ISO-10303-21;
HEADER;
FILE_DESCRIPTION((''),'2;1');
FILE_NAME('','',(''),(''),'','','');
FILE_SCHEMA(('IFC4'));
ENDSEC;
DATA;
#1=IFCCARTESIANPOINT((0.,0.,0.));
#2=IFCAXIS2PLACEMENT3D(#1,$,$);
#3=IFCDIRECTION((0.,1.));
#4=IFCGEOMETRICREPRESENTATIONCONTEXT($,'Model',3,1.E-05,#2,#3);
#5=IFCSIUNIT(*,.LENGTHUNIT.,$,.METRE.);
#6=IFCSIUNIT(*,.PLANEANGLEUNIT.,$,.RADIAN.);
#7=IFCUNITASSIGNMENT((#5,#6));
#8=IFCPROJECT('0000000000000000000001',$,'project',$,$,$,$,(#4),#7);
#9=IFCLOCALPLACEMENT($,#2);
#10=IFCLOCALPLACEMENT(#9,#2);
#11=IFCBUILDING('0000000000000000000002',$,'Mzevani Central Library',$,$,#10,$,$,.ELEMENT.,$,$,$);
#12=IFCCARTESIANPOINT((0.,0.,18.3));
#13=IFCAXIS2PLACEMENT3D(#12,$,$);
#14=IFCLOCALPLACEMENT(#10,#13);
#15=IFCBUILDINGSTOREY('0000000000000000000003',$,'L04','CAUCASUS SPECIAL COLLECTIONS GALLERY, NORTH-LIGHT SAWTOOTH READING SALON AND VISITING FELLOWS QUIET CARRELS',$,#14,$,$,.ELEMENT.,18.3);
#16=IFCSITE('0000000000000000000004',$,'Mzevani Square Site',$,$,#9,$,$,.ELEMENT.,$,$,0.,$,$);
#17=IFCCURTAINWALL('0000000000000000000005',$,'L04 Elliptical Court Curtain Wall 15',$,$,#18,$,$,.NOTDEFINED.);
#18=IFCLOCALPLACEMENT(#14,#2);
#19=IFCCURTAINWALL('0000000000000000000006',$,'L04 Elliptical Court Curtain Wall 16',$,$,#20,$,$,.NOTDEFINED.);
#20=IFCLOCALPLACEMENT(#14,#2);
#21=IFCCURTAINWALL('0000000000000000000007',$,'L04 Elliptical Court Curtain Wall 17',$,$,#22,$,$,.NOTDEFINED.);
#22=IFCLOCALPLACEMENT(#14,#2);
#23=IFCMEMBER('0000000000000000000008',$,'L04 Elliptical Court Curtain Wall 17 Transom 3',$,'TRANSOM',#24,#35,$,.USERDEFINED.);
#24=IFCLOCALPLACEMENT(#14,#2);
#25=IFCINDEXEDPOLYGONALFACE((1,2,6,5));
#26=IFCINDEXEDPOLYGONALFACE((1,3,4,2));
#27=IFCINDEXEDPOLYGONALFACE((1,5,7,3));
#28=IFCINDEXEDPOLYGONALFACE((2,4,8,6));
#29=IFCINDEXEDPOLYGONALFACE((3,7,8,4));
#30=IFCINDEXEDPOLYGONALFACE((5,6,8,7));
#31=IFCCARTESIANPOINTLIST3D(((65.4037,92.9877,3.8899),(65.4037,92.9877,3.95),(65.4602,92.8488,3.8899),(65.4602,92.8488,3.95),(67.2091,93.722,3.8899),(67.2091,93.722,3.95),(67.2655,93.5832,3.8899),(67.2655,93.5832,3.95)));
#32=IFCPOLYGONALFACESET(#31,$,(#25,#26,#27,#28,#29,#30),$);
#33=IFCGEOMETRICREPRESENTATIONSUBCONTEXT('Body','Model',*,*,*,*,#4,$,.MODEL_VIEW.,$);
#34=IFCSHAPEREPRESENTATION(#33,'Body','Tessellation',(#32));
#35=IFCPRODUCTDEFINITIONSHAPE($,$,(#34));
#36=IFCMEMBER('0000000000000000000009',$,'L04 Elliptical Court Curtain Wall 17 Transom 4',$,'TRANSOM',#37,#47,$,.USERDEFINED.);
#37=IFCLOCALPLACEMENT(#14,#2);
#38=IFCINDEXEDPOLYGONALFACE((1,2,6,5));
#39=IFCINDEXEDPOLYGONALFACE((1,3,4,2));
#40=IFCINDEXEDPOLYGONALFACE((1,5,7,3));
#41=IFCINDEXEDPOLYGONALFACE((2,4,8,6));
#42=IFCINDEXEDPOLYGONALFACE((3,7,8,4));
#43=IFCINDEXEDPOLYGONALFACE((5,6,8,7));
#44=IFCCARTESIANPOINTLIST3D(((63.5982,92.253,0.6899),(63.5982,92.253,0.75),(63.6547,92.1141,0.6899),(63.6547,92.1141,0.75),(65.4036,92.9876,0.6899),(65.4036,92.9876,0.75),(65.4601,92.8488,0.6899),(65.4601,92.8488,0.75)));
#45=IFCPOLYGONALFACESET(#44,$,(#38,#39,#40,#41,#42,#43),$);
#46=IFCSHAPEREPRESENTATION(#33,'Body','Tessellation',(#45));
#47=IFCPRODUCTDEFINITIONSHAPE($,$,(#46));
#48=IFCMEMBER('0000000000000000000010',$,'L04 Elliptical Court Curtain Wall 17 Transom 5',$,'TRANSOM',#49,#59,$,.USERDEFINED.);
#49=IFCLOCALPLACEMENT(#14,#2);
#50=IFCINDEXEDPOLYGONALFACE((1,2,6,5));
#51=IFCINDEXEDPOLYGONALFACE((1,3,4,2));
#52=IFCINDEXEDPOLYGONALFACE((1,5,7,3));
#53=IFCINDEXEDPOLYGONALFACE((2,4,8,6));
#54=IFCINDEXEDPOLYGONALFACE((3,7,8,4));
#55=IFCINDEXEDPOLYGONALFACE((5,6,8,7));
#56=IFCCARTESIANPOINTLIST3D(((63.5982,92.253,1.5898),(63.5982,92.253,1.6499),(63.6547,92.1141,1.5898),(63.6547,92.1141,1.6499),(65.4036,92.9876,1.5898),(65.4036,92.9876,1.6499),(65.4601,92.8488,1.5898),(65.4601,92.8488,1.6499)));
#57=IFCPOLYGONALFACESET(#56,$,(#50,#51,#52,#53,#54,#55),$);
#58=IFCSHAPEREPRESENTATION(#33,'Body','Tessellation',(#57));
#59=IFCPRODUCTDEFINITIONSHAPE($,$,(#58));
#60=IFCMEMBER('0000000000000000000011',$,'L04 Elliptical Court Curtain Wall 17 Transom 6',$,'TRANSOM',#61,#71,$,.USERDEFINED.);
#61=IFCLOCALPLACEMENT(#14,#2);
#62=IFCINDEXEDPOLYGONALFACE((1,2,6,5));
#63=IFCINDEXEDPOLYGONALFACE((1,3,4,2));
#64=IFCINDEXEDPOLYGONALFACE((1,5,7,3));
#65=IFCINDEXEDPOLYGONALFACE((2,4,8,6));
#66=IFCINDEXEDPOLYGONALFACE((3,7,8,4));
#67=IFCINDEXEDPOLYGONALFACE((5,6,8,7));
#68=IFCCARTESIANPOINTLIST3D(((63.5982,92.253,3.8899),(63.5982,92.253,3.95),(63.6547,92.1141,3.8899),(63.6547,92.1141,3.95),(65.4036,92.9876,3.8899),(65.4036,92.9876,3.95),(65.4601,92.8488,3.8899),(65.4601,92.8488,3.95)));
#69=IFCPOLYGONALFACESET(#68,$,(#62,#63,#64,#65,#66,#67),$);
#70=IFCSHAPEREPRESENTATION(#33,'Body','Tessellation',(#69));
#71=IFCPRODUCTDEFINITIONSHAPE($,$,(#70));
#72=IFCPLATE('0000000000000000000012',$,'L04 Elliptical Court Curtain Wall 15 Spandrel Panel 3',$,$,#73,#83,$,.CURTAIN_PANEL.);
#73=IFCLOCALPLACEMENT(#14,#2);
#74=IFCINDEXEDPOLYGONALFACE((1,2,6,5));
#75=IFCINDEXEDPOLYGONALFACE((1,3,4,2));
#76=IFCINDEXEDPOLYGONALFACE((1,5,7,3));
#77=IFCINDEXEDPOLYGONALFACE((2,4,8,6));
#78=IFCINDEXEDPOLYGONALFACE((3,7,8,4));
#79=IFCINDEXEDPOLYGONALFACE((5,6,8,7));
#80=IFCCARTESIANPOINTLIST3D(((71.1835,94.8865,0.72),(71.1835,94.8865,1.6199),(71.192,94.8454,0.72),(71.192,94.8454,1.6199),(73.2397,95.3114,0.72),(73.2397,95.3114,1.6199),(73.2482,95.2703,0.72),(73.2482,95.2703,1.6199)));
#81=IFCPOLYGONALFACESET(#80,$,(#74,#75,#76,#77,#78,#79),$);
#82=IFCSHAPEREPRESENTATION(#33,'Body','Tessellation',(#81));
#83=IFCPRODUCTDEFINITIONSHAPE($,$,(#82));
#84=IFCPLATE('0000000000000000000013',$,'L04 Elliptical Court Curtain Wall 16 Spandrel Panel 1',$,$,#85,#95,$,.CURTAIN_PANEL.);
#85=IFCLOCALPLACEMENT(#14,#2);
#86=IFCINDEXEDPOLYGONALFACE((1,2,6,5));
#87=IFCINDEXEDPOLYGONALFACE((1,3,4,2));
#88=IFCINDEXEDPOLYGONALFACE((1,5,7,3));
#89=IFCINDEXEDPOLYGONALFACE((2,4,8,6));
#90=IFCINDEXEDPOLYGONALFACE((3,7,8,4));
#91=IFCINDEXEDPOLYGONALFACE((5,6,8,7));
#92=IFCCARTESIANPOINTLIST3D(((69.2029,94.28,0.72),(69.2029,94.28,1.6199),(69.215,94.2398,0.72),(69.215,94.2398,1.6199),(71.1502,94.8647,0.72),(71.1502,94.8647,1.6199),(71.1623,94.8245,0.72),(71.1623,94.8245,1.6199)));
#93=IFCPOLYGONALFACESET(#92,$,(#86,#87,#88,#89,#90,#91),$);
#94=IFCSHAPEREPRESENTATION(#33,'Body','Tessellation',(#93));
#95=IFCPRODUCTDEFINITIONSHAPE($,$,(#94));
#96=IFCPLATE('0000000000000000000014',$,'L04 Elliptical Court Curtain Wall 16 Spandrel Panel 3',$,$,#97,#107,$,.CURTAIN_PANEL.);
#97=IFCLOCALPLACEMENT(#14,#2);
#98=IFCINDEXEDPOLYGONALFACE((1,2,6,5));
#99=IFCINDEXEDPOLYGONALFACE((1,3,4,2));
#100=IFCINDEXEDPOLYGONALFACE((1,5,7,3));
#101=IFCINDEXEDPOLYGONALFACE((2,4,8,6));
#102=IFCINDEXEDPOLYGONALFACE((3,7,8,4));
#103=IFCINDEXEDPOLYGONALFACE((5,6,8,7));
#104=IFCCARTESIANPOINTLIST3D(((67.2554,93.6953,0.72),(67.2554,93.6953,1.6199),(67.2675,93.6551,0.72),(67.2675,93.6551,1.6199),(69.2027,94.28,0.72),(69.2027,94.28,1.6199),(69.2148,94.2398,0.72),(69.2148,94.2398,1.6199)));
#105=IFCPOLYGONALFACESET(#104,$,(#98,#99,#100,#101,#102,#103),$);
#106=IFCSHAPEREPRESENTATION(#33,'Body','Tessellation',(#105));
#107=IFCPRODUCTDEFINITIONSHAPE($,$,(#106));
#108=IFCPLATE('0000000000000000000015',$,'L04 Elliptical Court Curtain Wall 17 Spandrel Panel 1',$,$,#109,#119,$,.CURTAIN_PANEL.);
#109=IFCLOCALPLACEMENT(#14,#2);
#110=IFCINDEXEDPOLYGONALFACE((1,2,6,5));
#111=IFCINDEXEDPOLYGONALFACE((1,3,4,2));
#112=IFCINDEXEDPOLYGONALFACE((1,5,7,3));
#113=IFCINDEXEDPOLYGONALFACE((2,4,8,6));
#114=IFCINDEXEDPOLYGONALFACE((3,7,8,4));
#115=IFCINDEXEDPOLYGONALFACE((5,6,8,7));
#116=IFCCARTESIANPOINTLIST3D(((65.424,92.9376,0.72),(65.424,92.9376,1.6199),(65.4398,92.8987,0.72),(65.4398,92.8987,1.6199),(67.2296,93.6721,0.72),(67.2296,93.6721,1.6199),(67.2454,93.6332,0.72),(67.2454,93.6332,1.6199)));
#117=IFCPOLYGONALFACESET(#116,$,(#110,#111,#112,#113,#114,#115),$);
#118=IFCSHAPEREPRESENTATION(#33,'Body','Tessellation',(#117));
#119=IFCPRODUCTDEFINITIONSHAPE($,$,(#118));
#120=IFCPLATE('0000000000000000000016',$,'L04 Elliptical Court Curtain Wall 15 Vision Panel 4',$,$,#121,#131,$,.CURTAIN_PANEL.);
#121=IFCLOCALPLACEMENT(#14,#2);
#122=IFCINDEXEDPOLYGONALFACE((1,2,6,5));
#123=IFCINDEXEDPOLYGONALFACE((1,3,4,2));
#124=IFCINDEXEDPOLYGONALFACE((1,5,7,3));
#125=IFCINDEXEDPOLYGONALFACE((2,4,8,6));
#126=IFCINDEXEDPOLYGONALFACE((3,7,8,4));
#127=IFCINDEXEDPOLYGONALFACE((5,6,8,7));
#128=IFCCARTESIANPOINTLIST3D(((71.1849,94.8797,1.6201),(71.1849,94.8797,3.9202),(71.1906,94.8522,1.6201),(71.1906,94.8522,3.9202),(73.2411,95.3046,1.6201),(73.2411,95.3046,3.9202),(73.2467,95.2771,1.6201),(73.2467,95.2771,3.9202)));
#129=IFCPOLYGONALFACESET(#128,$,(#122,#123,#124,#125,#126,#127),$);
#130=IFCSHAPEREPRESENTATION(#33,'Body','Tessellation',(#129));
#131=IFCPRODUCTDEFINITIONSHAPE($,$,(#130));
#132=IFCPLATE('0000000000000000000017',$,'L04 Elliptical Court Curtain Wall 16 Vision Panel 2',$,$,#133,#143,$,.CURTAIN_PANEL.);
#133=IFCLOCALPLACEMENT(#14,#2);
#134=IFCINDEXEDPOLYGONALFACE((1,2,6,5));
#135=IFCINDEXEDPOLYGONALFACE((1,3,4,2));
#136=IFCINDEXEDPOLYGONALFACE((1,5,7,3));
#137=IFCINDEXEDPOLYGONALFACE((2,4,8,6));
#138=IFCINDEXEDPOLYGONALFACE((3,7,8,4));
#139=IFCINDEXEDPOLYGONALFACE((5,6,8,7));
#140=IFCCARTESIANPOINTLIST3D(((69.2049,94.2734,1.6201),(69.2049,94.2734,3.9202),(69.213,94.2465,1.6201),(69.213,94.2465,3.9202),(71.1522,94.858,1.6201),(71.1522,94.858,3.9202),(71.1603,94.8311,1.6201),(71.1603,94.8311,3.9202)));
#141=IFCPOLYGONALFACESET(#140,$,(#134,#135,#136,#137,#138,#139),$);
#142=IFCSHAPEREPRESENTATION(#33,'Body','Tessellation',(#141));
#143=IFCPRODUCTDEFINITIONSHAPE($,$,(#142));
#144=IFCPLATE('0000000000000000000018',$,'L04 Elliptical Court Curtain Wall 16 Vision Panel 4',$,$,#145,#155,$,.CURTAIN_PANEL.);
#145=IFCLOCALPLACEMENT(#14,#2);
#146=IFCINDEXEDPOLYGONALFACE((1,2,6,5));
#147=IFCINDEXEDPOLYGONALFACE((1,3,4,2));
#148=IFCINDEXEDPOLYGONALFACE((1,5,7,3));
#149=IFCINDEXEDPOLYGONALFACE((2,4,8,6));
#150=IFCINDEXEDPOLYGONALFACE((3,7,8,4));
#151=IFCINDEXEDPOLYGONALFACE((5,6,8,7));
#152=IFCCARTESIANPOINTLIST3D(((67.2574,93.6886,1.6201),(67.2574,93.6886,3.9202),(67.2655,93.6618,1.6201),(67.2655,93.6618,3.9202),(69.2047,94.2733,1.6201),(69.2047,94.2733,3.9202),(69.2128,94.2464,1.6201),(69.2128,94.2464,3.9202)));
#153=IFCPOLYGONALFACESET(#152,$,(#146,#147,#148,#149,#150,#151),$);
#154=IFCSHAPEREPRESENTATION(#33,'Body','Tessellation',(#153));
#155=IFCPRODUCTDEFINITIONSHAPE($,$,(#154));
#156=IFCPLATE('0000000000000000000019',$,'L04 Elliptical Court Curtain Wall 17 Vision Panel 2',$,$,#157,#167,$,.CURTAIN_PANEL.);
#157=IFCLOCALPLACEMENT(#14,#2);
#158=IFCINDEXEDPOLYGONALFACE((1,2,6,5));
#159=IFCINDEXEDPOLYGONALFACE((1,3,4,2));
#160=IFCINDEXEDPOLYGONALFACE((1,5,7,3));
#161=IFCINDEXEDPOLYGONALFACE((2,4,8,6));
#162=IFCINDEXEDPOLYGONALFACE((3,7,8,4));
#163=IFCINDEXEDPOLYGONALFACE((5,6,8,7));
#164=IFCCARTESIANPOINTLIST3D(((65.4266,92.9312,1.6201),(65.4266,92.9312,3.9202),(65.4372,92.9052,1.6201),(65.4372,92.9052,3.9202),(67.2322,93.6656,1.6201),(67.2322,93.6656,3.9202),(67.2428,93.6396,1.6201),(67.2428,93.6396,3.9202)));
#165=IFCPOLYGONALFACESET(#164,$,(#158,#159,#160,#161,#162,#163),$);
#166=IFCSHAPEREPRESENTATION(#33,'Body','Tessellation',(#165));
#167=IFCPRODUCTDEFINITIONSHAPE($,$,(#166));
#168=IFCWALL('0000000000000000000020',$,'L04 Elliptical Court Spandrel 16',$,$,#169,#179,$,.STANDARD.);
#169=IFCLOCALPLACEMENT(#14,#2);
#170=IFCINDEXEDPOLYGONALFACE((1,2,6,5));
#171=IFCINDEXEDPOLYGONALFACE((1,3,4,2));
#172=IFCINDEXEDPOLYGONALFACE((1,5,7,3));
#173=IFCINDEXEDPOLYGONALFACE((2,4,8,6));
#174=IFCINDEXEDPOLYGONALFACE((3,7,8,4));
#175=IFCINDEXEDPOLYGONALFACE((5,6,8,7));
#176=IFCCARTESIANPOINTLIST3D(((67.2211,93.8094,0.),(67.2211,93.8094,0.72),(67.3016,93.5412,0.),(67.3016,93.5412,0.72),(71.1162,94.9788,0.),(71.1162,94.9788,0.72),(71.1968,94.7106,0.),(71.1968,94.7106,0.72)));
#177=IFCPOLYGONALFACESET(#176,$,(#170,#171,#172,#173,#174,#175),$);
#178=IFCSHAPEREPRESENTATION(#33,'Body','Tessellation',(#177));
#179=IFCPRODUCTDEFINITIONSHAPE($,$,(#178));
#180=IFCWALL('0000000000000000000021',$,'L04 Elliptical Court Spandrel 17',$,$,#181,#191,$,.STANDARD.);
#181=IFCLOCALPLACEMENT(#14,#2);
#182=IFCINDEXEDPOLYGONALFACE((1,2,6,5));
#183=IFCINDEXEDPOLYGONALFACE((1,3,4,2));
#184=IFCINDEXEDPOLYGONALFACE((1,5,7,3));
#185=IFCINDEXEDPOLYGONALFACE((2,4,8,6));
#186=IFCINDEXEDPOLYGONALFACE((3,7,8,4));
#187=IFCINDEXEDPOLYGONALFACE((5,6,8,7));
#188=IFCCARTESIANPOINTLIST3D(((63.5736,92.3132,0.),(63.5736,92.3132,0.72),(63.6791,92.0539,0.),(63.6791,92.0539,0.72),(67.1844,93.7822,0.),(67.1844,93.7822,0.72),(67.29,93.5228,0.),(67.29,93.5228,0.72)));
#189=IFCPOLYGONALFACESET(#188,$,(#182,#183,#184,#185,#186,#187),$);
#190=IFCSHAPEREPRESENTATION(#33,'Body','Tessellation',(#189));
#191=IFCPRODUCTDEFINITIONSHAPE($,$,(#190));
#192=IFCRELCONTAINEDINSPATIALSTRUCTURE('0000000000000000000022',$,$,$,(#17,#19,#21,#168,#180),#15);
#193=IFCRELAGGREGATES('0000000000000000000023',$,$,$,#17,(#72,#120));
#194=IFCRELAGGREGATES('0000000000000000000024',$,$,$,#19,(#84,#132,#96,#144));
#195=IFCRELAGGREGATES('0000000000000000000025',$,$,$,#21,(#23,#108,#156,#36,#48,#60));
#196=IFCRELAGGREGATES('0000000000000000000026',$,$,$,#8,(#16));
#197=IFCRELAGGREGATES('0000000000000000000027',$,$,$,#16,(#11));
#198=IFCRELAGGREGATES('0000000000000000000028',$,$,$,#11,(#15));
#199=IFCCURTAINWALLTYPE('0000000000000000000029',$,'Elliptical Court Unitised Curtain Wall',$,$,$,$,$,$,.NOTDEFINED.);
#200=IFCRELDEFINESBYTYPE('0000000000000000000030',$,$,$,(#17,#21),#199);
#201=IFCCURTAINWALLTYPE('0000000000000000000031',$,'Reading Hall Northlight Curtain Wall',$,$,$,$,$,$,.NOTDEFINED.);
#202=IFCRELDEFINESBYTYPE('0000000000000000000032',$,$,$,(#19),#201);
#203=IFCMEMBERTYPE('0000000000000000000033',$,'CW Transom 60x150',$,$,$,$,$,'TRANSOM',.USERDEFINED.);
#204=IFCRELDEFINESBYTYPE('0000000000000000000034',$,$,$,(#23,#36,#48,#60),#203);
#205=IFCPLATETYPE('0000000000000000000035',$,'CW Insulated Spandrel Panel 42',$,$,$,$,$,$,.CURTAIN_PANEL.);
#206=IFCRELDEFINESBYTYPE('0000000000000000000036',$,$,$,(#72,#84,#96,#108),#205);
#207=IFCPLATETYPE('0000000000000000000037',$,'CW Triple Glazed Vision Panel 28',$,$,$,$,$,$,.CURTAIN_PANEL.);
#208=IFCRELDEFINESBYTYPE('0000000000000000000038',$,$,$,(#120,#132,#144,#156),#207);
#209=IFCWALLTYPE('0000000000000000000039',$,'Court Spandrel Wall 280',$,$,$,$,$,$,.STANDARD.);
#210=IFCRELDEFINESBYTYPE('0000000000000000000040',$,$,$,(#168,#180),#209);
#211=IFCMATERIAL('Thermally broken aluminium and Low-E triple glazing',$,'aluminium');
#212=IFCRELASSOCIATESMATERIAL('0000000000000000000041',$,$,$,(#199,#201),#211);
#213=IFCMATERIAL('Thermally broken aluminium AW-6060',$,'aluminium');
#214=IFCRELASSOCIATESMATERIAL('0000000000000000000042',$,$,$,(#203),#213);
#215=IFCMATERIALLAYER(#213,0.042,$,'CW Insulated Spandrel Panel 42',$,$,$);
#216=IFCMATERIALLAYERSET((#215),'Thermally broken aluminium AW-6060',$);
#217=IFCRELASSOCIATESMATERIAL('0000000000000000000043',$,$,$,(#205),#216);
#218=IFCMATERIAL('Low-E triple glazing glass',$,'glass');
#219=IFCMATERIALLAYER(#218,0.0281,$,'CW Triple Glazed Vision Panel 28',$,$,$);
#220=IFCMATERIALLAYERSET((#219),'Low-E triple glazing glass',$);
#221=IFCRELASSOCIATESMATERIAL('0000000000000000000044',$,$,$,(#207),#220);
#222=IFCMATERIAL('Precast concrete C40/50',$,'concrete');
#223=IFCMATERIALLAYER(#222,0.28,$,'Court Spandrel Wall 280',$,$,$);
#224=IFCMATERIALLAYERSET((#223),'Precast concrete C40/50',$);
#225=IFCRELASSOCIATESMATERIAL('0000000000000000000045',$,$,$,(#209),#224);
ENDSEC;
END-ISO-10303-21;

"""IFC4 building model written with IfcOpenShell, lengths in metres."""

from ifc_helpers import new_model, si_unit, direction, frame, frame_2d, origin, origin_2d, place, context, subcontext, project, spatial, rectangle, extrude, material, layer, layer_set, material_profile, profile_set, type_object, element, aggregate, save


model = new_model("IFC4")

# Units and contexts
model_context = context("Model", 3, precision=1e-05, world=origin(), true_north=direction((0.0, 1.0)))
body_context = subcontext(model_context, "Body", "Model", "MODEL_VIEW")
ifc_project = project(units=[si_unit("LENGTHUNIT", "METRE"), si_unit("PLANEANGLEUNIT", "RADIAN")], contexts=[model_context])

# Site, building, storey
site_placement = place(None, origin())
site = spatial("IfcSite", under=ifc_project, at=site_placement, Name="Mzevani Square Site", CompositionType="ELEMENT", RefElevation=0.0)
building_placement = place(site_placement, origin())
building = spatial("IfcBuilding", under=site, at=building_placement, Name="Mzevani Central Library", CompositionType="ELEMENT")
storey_placement = place(building_placement, frame((0.0, 0.0, 18.3)))
storey = spatial("IfcBuildingStorey", under=building, at=storey_placement, Name="L04", Description="CAUCASUS SPECIAL COLLECTIONS GALLERY, NORTH-LIGHT SAWTOOTH READING SALON AND VISITING FELLOWS QUIET CARRELS", CompositionType="ELEMENT", Elevation=18.3)

# Curtain wall
ifc_material_1 = material(Name="Thermally broken aluminium and Low-E triple glazing", Category="aluminium")
curtain_wall_type_1 = type_object("IfcCurtainWallType", Name="Elliptical Court Unitised Curtain Wall", PredefinedType="NOTDEFINED", material=ifc_material_1)
curtain_wall_1_placement = place(storey_placement, origin())
curtain_wall_1 = element("IfcCurtainWall", 1, at=curtain_wall_1_placement, inside=storey, type_object=curtain_wall_type_1, Name="L04 Elliptical Court Curtain Wall 15", PredefinedType="NOTDEFINED")
ifc_material_2 = material(Name="Thermally broken aluminium AW-6060", Category="aluminium")

# Curtain walls
curtain_wall_type_2 = type_object("IfcCurtainWallType", Name="Reading Hall Northlight Curtain Wall", PredefinedType="NOTDEFINED", material=ifc_material_1)
curtain_wall_2_placement = place(storey_placement, origin())
curtain_wall_2 = element("IfcCurtainWall", 2, at=curtain_wall_2_placement, inside=storey, type_object=curtain_wall_type_2, Name="L04 Elliptical Court Curtain Wall 16", PredefinedType="NOTDEFINED")
curtain_wall_3_placement = place(storey_placement, origin())
curtain_wall_3 = element("IfcCurtainWall", 3, at=curtain_wall_3_placement, inside=storey, type_object=curtain_wall_type_1, Name="L04 Elliptical Court Curtain Wall 17", PredefinedType="NOTDEFINED")

# Members
ifc_material_profile_1 = material_profile(ifc_material_2, rectangle(XDim=0.1499, YDim=0.0601, at=origin_2d()), Name="ALU T60x150")
ifc_profile_set_1 = profile_set([ifc_material_profile_1], Name="Thermally broken aluminium AW-6060")
member_type_1 = type_object("IfcMemberType", Name="CW Transom 60x150", ElementType="TRANSOM", PredefinedType="USERDEFINED", material=ifc_profile_set_1)
member_1_placement = place(storey_placement, frame((67.2373, 93.6526, 3.9199), z_axis=(-0.926301, -0.376784, 0.0), x_axis=(0.376784, -0.926301, 0.0)))
member_1 = element("IfcMember", 4, at=member_1_placement, type_object=member_type_1, Name="L04 Elliptical Court Curtain Wall 17 Transom 3", ObjectType="TRANSOM", PredefinedType="USERDEFINED", context=body_context, shape_type="SweptSolid", body=[
    extrude(rectangle(XDim=0.1499, YDim=0.0601, at=origin_2d()), origin(), (0.0, 0.0, 1.0), 1.949),
])
member_2_placement = place(storey_placement, frame((65.4319, 92.9182, 0.72), z_axis=(-0.926258, -0.376891, 0.0), x_axis=(0.376891, -0.926258, 0.0)))
member_2 = element("IfcMember", 5, at=member_2_placement, type_object=member_type_1, Name="L04 Elliptical Court Curtain Wall 17 Transom 4", ObjectType="TRANSOM", PredefinedType="USERDEFINED", context=body_context, shape_type="SweptSolid", body=[
    extrude(rectangle(XDim=0.1499, YDim=0.0601, at=origin_2d()), origin(), (0.0, 0.0, 1.0), 1.9492),
])
member_3_placement = place(storey_placement, frame((65.4319, 92.9182, 1.6199), z_axis=(-0.926258, -0.376891, 0.0), x_axis=(0.376891, -0.926258, 0.0)))
member_3 = element("IfcMember", 6, at=member_3_placement, type_object=member_type_1, Name="L04 Elliptical Court Curtain Wall 17 Transom 5", ObjectType="TRANSOM", PredefinedType="USERDEFINED", context=body_context, shape_type="SweptSolid", body=[
    extrude(rectangle(XDim=0.1499, YDim=0.0601, at=origin_2d()), origin(), (0.0, 0.0, 1.0), 1.9492),
])
member_4_placement = place(storey_placement, frame((65.4319, 92.9182, 3.9199), z_axis=(-0.926258, -0.376891, 0.0), x_axis=(0.376891, -0.926258, 0.0)))
member_4 = element("IfcMember", 7, at=member_4_placement, type_object=member_type_1, Name="L04 Elliptical Court Curtain Wall 17 Transom 6", ObjectType="TRANSOM", PredefinedType="USERDEFINED", context=body_context, shape_type="SweptSolid", body=[
    extrude(rectangle(XDim=0.1499, YDim=0.0601, at=origin_2d()), origin(), (0.0, 0.0, 1.0), 1.9492),
])

# Plates
ifc_layer_1 = layer(ifc_material_2, 0.042, Name="CW Insulated Spandrel Panel 42")
ifc_layer_set_1 = layer_set([ifc_layer_1], Name="Thermally broken aluminium AW-6060")
plate_type_1 = type_object("IfcPlateType", Name="CW Insulated Spandrel Panel 42", PredefinedType="CURTAIN_PANEL", material=ifc_layer_set_1)
plate_1_placement = place(storey_placement, frame((72.2158, 95.0784, 0.72), z_axis=(0.0, 0.0, 1.0), x_axis=(-0.979309, -0.202372, 0.0)))
plate_1 = element("IfcPlate", 8, at=plate_1_placement, type_object=plate_type_1, Name="L04 Elliptical Court Curtain Wall 15 Spandrel Panel 3", PredefinedType="CURTAIN_PANEL", context=body_context, shape_type="SweptSolid", body=[
    extrude(rectangle(XDim=2.0996, YDim=0.042, at=origin_2d()), origin(), (0.0, 0.0, 1.0), 0.8999),
])
plate_2_placement = place(storey_placement, frame((70.1826, 94.5522, 0.72), z_axis=(0.0, 0.0, 1.0), x_axis=(-0.957763, -0.287558, 0.0)))
plate_2 = element("IfcPlate", 9, at=plate_2_placement, type_object=plate_type_1, Name="L04 Elliptical Court Curtain Wall 16 Spandrel Panel 1", PredefinedType="CURTAIN_PANEL", context=body_context, shape_type="SweptSolid", body=[
    extrude(rectangle(XDim=2.0332, YDim=0.042, at=origin_2d()), origin(), (0.0, 0.0, 1.0), 0.8999),
])
plate_3_placement = place(storey_placement, frame((68.2351, 93.9675, 0.72), z_axis=(0.0, 0.0, 1.0), x_axis=(-0.957763, -0.287558, 0.0)))
plate_3 = element("IfcPlate", 10, at=plate_3_placement, type_object=plate_type_1, Name="L04 Elliptical Court Curtain Wall 16 Spandrel Panel 3", PredefinedType="CURTAIN_PANEL", context=body_context, shape_type="SweptSolid", body=[
    extrude(rectangle(XDim=2.0332, YDim=0.042, at=origin_2d()), origin(), (0.0, 0.0, 1.0), 0.8999),
])
plate_4_placement = place(storey_placement, frame((66.3347, 93.2854, 0.72), z_axis=(0.0, 0.0, 1.0), x_axis=(-0.926299, -0.376789, 0.0)))
plate_4 = element("IfcPlate", 11, at=plate_4_placement, type_object=plate_type_1, Name="L04 Elliptical Court Curtain Wall 17 Spandrel Panel 1", PredefinedType="CURTAIN_PANEL", context=body_context, shape_type="SweptSolid", body=[
    extrude(rectangle(XDim=1.9492, YDim=0.042, at=origin_2d()), origin(), (0.0, 0.0, 1.0), 0.8999),
])
ifc_material_3 = material(Name="Low-E triple glazing glass", Category="glass")
ifc_layer_2 = layer(ifc_material_3, 0.0281, Name="CW Triple Glazed Vision Panel 28")
ifc_layer_set_2 = layer_set([ifc_layer_2], Name="Low-E triple glazing glass")
plate_type_2 = type_object("IfcPlateType", Name="CW Triple Glazed Vision Panel 28", PredefinedType="CURTAIN_PANEL", material=ifc_layer_set_2)
plate_5_placement = place(storey_placement, frame((72.2158, 95.0784, 1.6201), z_axis=(0.0, 0.0, 1.0), x_axis=(-0.979309, -0.202372, 0.0)))
plate_5 = element("IfcPlate", 12, at=plate_5_placement, type_object=plate_type_2, Name="L04 Elliptical Court Curtain Wall 15 Vision Panel 4", PredefinedType="CURTAIN_PANEL", context=body_context, shape_type="SweptSolid", body=[
    extrude(rectangle(XDim=2.0996, YDim=0.0281, at=origin_2d()), origin(), (0.0, 0.0, 1.0), 2.3),
])
aggregate(curtain_wall_1, [plate_1, plate_5])
plate_6_placement = place(storey_placement, frame((70.1826, 94.5522, 1.6201), z_axis=(0.0, 0.0, 1.0), x_axis=(-0.957763, -0.287558, 0.0)))
plate_6 = element("IfcPlate", 13, at=plate_6_placement, type_object=plate_type_2, Name="L04 Elliptical Court Curtain Wall 16 Vision Panel 2", PredefinedType="CURTAIN_PANEL", context=body_context, shape_type="SweptSolid", body=[
    extrude(rectangle(XDim=2.0332, YDim=0.0281, at=origin_2d()), origin(), (0.0, 0.0, 1.0), 2.3),
])
plate_7_placement = place(storey_placement, frame((68.2351, 93.9675, 1.6201), z_axis=(0.0, 0.0, 1.0), x_axis=(-0.957763, -0.287558, 0.0)))
plate_7 = element("IfcPlate", 14, at=plate_7_placement, type_object=plate_type_2, Name="L04 Elliptical Court Curtain Wall 16 Vision Panel 4", PredefinedType="CURTAIN_PANEL", context=body_context, shape_type="SweptSolid", body=[
    extrude(rectangle(XDim=2.0332, YDim=0.0281, at=origin_2d()), origin(), (0.0, 0.0, 1.0), 2.3),
])
aggregate(curtain_wall_2, [plate_2, plate_6, plate_3, plate_7])
plate_8_placement = place(storey_placement, frame((66.3347, 93.2854, 1.6201), z_axis=(0.0, 0.0, 1.0), x_axis=(-0.926299, -0.376789, 0.0)))
plate_8 = element("IfcPlate", 15, at=plate_8_placement, type_object=plate_type_2, Name="L04 Elliptical Court Curtain Wall 17 Vision Panel 2", PredefinedType="CURTAIN_PANEL", context=body_context, shape_type="SweptSolid", body=[
    extrude(rectangle(XDim=1.9492, YDim=0.0281, at=origin_2d()), origin(), (0.0, 0.0, 1.0), 2.3),
])
aggregate(curtain_wall_3, [member_1, plate_4, plate_8, member_2, member_3, member_4])

# Walls
ifc_material_4 = material(Name="Precast concrete C40/50", Category="concrete")
ifc_layer_3 = layer(ifc_material_4, 0.28, Name="Court Spandrel Wall 280")
ifc_layer_set_3 = layer_set([ifc_layer_3], Name="Precast concrete C40/50")
wall_type = type_object("IfcWallType", Name="Court Spandrel Wall 280", PredefinedType="STANDARD", material=ifc_layer_set_3)
wall_1_placement = place(storey_placement, frame((71.1565, 94.8447, 0.0), z_axis=(0.0, 0.0, 1.0), x_axis=(-0.957763, -0.287557, 0.0)))
element("IfcWall", 16, at=wall_1_placement, inside=storey, type_object=wall_type, Name="L04 Elliptical Court Spandrel 16", PredefinedType="STANDARD", context=body_context, shape_type="SweptSolid", body=[
    extrude(rectangle(XDim=4.0669, YDim=0.28, at=frame_2d((2.0334, 0.0))), origin(), (0.0, 0.0, 1.0), 0.72),
])
wall_2_placement = place(storey_placement, frame((67.2373, 93.6526, 0.0), z_axis=(0.0, 0.0, 1.0), x_axis=(-0.926279, -0.376837, 0.0)))
element("IfcWall", 17, at=wall_2_placement, inside=storey, type_object=wall_type, Name="L04 Elliptical Court Spandrel 17", PredefinedType="STANDARD", context=body_context, shape_type="SweptSolid", body=[
    extrude(rectangle(XDim=3.8982, YDim=0.28, at=frame_2d((1.9492, 0.0))), origin(), (0.0, 0.0, 1.0), 0.72),
])

save(model, "model.ifc")
